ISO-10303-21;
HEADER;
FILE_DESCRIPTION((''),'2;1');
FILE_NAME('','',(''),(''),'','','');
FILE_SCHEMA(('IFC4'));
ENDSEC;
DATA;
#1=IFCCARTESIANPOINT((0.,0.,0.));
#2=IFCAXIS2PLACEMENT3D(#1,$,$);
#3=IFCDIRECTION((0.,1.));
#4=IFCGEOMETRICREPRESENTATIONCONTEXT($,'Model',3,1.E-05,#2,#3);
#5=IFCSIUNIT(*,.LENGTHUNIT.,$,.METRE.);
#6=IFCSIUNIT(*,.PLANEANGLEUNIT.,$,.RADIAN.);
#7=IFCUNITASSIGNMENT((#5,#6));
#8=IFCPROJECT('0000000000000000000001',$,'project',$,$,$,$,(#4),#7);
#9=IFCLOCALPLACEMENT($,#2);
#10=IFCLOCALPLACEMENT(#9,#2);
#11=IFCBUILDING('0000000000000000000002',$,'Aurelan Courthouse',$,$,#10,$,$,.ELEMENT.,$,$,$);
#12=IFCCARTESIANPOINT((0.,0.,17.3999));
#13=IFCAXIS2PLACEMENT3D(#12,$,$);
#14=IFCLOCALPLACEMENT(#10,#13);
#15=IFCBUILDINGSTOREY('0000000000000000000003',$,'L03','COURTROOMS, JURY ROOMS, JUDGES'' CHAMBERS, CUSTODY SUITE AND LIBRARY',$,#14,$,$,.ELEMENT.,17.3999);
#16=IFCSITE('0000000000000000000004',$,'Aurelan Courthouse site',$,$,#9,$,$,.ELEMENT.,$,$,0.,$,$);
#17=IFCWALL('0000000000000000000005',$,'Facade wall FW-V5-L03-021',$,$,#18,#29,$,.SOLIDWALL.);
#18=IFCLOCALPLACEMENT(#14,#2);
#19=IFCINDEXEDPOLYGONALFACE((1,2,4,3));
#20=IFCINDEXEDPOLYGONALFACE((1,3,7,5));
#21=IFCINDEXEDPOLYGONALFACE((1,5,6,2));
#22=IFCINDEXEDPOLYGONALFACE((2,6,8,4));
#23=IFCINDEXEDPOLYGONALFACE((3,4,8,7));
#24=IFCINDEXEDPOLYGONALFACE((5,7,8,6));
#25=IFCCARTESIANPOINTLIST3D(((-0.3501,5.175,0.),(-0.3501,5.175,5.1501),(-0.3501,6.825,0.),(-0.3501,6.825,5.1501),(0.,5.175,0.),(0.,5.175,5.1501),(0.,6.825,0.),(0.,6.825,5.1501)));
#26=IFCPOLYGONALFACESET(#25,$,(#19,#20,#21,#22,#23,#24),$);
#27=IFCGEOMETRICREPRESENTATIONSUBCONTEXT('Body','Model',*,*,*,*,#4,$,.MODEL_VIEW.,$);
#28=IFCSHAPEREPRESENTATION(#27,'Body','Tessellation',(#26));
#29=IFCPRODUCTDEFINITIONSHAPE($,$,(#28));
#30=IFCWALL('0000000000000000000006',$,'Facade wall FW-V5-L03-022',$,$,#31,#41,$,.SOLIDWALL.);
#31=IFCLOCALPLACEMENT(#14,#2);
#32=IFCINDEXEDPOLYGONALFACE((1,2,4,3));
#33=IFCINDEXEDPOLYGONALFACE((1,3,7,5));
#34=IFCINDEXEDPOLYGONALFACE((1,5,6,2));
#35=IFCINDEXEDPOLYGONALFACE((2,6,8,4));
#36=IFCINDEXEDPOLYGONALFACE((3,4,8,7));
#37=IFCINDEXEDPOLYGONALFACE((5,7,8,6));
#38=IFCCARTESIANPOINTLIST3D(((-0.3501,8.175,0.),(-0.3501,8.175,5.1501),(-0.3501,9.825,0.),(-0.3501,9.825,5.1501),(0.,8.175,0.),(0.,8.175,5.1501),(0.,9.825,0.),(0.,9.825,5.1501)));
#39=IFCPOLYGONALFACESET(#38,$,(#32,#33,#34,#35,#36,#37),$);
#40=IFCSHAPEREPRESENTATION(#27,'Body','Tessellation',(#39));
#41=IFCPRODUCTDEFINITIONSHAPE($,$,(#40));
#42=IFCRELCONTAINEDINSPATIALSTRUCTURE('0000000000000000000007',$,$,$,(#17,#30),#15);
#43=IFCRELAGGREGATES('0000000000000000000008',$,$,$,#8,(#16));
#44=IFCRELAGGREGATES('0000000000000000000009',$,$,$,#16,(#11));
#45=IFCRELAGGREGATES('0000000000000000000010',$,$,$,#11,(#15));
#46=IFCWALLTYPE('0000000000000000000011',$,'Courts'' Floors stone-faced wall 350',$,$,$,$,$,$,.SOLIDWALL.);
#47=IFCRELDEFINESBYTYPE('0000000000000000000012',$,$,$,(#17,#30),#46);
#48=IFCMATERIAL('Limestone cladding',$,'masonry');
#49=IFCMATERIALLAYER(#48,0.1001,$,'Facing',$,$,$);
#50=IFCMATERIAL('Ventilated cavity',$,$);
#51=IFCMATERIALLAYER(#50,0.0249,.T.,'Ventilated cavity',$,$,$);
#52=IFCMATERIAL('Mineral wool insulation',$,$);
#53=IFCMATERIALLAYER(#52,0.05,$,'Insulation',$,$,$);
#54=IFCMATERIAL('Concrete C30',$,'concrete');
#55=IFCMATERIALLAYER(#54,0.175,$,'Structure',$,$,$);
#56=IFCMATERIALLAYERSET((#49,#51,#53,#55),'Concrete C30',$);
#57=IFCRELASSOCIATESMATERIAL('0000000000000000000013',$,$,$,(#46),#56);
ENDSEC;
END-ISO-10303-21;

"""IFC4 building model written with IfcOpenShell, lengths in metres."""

from ifc_helpers import new_model, si_unit, direction, frame, frame_2d, origin, place, context, subcontext, project, spatial, rectangle, extrude, material, layer, layer_set, type_object, element, save


model = new_model("IFC4")

# Units and contexts
model_context = context("Model", 3, precision=1e-05, world=origin(), true_north=direction((0.0, 1.0)))
body_context = subcontext(model_context, "Body", "Model", "MODEL_VIEW")
ifc_project = project(units=[si_unit("LENGTHUNIT", "METRE"), si_unit("PLANEANGLEUNIT", "RADIAN")], contexts=[model_context])

# Site, building, storey
site_placement = place(None, origin())
site = spatial("IfcSite", under=ifc_project, at=site_placement, Name="Aurelan Courthouse site", CompositionType="ELEMENT", RefElevation=0.0)
building_placement = place(site_placement, origin())
building = spatial("IfcBuilding", under=site, at=building_placement, Name="Aurelan Courthouse", CompositionType="ELEMENT")
storey_placement = place(building_placement, frame((0.0, 0.0, 17.3999)))
storey = spatial("IfcBuildingStorey", under=building, at=storey_placement, Name="L03", Description="COURTROOMS, JURY ROOMS, JUDGES' CHAMBERS, CUSTODY SUITE AND LIBRARY", CompositionType="ELEMENT", Elevation=17.3999)

# Shared definitions
ifc_material_1 = material(Name="Concrete C30", Category="concrete")

# Walls
ifc_material_2 = material(Name="Limestone cladding", Category="masonry")
ifc_layer_1 = layer(ifc_material_2, 0.1001, Name="Facing")
ifc_material_3 = material(Name="Ventilated cavity")
ifc_layer_2 = layer(ifc_material_3, 0.0249, ventilated=True, Name="Ventilated cavity")
ifc_material_4 = material(Name="Mineral wool insulation")
ifc_layer_3 = layer(ifc_material_4, 0.05, Name="Insulation")
ifc_layer_4 = layer(ifc_material_1, 0.175, Name="Structure")
ifc_layer_set_1 = layer_set([ifc_layer_1, ifc_layer_2, ifc_layer_3, ifc_layer_4], Name="Concrete C30")
wall_type = type_object("IfcWallType", Name="Courts' Floors stone-faced wall 350", PredefinedType="SOLIDWALL", material=ifc_layer_set_1)
for number, where, z_axis, x_axis, name in (
    (1, (-0.175, 5.175, 0.0), (0.0, 0.0, 1.0), (0.0, 1.0, 0.0), "Facade wall FW-V5-L03-021"),
    (2, (-0.175, 8.175, 0.0), (0.0, 0.0, 1.0), (0.0, 1.0, 0.0), "Facade wall FW-V5-L03-022"),
):
    element("IfcWall", number, at=place(storey_placement, frame(where, z_axis=z_axis, x_axis=x_axis)), inside=storey, type_object=wall_type, Name=name, PredefinedType="SOLIDWALL", context=body_context, shape_type="SweptSolid", body=[
        extrude(rectangle(XDim=1.6499, YDim=0.3501, at=frame_2d((0.825, 0.0))), origin(), (0.0, 0.0, 1.0), 5.1501),
    ])

save(model, "model.ifc")
